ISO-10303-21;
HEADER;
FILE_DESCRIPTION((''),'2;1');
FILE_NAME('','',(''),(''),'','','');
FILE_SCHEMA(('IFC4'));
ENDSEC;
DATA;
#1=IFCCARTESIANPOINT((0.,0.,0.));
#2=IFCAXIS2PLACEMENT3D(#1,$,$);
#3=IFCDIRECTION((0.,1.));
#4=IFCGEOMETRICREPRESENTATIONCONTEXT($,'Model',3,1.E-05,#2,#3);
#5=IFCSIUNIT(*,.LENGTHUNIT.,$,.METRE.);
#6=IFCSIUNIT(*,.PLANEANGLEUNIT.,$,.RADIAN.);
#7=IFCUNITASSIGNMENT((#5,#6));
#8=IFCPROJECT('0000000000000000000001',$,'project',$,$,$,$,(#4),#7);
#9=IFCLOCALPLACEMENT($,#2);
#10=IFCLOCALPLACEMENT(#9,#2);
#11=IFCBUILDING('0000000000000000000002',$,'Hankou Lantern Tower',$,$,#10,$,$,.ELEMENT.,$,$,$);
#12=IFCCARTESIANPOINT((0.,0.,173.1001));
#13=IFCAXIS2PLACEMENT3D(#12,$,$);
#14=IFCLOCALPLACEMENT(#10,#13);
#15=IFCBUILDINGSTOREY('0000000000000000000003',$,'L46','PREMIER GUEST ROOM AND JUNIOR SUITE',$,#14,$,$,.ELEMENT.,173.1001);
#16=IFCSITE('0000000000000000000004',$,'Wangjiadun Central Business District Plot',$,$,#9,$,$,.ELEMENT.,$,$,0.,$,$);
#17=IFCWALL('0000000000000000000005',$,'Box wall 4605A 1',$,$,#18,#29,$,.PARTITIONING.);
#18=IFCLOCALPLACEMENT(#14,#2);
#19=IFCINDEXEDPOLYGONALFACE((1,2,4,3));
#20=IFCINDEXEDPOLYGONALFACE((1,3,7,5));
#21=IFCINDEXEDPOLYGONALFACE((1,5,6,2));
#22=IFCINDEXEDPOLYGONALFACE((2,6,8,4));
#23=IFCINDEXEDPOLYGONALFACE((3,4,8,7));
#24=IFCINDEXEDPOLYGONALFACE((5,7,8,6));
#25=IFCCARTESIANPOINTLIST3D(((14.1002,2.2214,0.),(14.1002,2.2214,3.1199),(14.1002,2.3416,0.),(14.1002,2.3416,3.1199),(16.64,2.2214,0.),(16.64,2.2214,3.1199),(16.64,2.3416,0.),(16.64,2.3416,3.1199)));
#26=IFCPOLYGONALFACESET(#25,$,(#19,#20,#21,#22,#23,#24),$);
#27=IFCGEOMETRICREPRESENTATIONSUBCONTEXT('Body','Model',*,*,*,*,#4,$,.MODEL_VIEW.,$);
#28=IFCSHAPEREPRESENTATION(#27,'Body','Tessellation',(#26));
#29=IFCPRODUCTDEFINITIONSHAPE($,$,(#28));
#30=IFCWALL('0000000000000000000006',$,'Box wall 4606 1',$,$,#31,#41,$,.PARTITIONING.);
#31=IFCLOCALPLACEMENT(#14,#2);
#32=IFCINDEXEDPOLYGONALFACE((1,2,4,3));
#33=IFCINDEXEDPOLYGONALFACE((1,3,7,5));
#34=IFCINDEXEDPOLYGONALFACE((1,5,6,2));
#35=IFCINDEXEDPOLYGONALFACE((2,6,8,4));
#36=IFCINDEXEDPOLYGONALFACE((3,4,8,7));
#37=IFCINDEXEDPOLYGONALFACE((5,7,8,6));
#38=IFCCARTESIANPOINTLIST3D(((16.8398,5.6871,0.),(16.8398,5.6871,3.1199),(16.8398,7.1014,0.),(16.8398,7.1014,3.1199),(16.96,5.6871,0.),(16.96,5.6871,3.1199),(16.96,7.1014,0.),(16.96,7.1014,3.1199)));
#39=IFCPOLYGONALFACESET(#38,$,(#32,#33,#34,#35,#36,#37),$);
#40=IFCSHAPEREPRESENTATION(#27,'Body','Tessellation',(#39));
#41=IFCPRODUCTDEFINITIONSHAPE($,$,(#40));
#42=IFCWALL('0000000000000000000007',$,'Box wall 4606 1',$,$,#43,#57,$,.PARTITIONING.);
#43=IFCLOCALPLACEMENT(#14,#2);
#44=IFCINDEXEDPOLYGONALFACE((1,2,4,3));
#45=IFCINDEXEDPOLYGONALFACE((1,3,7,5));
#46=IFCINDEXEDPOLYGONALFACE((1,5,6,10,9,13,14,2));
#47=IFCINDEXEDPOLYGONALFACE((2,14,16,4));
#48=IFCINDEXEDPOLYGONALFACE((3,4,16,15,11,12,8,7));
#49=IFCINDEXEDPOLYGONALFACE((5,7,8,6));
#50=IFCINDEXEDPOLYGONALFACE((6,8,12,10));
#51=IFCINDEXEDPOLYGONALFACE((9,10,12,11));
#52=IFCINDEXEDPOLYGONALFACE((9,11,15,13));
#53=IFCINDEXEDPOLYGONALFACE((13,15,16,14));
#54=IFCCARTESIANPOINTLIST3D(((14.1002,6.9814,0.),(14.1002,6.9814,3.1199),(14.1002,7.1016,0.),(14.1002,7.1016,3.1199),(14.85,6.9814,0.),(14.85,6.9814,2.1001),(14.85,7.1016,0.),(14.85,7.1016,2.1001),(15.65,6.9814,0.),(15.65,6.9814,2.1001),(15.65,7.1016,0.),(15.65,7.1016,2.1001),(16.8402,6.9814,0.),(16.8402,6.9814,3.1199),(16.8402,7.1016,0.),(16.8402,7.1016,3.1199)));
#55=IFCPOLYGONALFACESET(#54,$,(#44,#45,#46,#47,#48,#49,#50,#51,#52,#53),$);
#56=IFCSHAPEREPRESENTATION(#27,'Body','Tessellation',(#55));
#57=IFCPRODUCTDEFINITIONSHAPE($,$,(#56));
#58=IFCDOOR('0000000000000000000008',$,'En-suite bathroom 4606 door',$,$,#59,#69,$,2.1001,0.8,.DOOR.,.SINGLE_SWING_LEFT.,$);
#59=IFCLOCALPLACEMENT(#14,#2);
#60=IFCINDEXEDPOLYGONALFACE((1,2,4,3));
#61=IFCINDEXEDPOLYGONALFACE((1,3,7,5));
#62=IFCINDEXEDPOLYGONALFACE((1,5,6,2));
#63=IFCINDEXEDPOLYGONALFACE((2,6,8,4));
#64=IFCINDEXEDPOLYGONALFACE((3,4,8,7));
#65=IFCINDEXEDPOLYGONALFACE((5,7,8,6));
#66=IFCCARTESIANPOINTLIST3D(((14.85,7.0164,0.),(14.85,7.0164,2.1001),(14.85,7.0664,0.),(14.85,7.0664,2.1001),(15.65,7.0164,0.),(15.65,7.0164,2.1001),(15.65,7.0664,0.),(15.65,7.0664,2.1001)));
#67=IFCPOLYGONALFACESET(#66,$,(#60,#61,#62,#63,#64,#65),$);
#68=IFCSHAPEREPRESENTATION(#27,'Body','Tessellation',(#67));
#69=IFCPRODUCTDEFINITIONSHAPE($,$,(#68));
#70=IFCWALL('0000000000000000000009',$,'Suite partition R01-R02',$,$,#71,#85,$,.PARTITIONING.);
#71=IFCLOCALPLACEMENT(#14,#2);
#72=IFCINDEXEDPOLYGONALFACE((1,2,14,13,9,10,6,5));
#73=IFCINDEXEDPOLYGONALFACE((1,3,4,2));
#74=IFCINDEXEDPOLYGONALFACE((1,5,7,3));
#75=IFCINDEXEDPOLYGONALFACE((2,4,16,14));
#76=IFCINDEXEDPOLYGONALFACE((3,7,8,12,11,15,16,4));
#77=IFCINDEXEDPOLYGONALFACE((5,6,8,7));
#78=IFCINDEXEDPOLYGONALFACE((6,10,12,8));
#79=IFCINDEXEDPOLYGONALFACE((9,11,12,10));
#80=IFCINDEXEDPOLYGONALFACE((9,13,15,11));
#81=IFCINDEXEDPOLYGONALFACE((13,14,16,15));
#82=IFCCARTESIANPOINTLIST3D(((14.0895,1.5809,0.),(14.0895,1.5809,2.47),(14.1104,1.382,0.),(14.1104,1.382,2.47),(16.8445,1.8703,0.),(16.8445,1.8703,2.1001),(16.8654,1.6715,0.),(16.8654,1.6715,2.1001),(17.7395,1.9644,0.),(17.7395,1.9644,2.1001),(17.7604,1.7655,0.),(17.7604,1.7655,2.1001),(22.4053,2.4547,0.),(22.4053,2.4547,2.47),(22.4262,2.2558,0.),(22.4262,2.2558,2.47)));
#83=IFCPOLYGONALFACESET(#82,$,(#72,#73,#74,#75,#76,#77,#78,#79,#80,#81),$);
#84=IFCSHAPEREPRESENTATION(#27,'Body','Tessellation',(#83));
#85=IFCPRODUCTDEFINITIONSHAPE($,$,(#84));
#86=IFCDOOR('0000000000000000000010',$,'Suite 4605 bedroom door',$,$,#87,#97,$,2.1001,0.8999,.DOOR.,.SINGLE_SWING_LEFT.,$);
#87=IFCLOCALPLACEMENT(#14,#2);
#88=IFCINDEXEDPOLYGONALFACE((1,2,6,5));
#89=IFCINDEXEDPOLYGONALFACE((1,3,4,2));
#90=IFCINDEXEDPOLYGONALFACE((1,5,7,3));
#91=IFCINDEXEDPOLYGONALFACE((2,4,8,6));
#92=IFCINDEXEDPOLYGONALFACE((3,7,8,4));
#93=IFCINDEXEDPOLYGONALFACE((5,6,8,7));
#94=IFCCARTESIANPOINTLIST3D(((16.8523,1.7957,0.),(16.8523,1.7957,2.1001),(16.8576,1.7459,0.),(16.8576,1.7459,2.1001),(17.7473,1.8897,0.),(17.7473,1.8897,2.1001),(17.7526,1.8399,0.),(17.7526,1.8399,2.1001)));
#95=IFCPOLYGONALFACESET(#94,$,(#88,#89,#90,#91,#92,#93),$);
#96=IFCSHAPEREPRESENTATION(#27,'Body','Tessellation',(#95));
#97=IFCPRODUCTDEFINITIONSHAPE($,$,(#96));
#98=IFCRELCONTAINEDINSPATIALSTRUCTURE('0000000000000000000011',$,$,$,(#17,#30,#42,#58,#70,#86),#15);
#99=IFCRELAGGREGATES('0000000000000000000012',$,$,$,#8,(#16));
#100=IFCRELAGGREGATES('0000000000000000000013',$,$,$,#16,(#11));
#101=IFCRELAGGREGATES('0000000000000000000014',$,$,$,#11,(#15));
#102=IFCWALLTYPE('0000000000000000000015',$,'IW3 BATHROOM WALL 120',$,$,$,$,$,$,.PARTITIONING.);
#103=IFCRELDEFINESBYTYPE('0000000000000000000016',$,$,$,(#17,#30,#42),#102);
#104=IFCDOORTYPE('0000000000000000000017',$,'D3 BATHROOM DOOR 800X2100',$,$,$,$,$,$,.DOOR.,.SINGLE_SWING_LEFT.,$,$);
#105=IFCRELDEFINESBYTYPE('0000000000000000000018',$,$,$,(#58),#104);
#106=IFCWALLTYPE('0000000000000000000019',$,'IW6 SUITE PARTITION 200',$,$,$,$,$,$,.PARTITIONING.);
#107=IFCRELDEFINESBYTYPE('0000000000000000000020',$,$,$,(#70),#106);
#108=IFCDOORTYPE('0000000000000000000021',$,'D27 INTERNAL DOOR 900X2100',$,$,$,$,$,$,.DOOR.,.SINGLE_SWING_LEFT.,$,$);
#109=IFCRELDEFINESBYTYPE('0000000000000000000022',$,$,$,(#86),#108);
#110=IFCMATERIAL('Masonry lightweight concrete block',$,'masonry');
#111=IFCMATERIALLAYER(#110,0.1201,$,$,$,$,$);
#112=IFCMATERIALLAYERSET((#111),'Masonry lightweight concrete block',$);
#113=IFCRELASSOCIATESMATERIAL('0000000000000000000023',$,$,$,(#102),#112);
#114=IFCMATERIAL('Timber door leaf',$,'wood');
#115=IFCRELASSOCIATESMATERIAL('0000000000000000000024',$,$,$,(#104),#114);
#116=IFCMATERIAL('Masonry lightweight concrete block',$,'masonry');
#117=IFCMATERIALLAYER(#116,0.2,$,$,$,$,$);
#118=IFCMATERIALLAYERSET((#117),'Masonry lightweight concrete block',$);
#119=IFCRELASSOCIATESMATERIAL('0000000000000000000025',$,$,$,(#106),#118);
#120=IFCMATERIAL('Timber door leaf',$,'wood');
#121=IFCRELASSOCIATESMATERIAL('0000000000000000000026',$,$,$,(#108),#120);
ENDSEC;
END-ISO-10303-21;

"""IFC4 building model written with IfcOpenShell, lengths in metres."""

from ifc_helpers import new_model, si_unit, direction, frame, frame_2d, origin, place, context, subcontext, project, spatial, rectangle, extrude, material, layer, layer_set, type_object, element, fill, save


model = new_model("IFC4")

# Units and contexts
model_context = context("Model", 3, precision=1e-05, world=origin(), true_north=direction((0.0, 1.0)))
body_context = subcontext(model_context, "Body", "Model", "MODEL_VIEW")
ifc_project = project(units=[si_unit("LENGTHUNIT", "METRE"), si_unit("PLANEANGLEUNIT", "RADIAN")], contexts=[model_context])

# Site, building, storey
site_placement = place(None, origin())
site = spatial("IfcSite", under=ifc_project, at=site_placement, Name="Wangjiadun Central Business District Plot", CompositionType="ELEMENT", RefElevation=0.0)
building_placement = place(site_placement, origin())
building = spatial("IfcBuilding", under=site, at=building_placement, Name="Hankou Lantern Tower", CompositionType="ELEMENT")
storey_placement = place(building_placement, frame((0.0, 0.0, 173.1001)))
storey = spatial("IfcBuildingStorey", under=building, at=storey_placement, Name="L46", Description="PREMIER GUEST ROOM AND JUNIOR SUITE", CompositionType="ELEMENT", Elevation=173.1001)

# Shared definitions
ifc_material_1 = material(Name="Masonry lightweight concrete block", Category="masonry")
ifc_layer_1 = layer(ifc_material_1, 0.1201)
ifc_layer_set_1 = layer_set([ifc_layer_1], Name="Masonry lightweight concrete block")
wall_type_1 = type_object("IfcWallType", Name="IW3 BATHROOM WALL 120", PredefinedType="PARTITIONING", material=ifc_layer_set_1)
ifc_material_2 = material(Name="Timber door leaf", Category="wood")
door_type_1 = type_object("IfcDoorType", Name="D3 BATHROOM DOOR 800X2100", OperationType="SINGLE_SWING_LEFT", PredefinedType="DOOR", material=ifc_material_2)

# Walls
wall_1_placement = place(storey_placement, frame((14.1001, 2.2815, 0.0), z_axis=(0.0, 0.0, 1.0), x_axis=(1.0, 0.0, 0.0)))
element("IfcWall", 1, at=wall_1_placement, inside=storey, type_object=wall_type_1, Name="Box wall 4605A 1", PredefinedType="PARTITIONING", context=body_context, shape_type="SweptSolid", body=[
    extrude(rectangle(XDim=2.5398, YDim=0.1201, at=frame_2d((1.27, 0.0))), origin(), (0.0, 0.0, 1.0), 3.1199),
])
wall_2_placement = place(storey_placement, frame((16.8999, 5.6873, 0.0), z_axis=(0.0, 0.0, 1.0), x_axis=(0.0, 1.0, 0.0)))
element("IfcWall", 2, at=wall_2_placement, inside=storey, type_object=wall_type_1, Name="Box wall 4606 1", PredefinedType="PARTITIONING", context=body_context, shape_type="SweptSolid", body=[
    extrude(rectangle(XDim=1.4143, YDim=0.1201, at=frame_2d((0.707, 0.0))), origin(), (0.0, 0.0, 1.0), 3.1199),
])

# Walls, openings, doors
wall_3_placement = place(storey_placement, frame((14.1001, 7.0415, 0.0), z_axis=(0.0, 0.0, 1.0), x_axis=(1.0, 0.0, 0.0)))
wall_3 = element("IfcWall", 3, at=wall_3_placement, inside=storey, type_object=wall_type_1, Name="Box wall 4606 1", PredefinedType="PARTITIONING", context=body_context, shape_type="SweptSolid", body=[
    extrude(rectangle(XDim=2.74, YDim=0.1201, at=frame_2d((1.3701, 0.0))), origin(), (0.0, 0.0, 1.0), 3.1199),
])
opening_1_placement = place(wall_3_placement, frame((0.75, 0.0, 0.0)))
opening_1 = element("IfcOpeningElement", 4, at=opening_1_placement, cuts=wall_3, PredefinedType="OPENING", context=body_context, shape_type="SweptSolid", body=[
    extrude(rectangle(XDim=0.8, YDim=2.1001, at=frame_2d((0.3999, 1.05))), frame((0.0, 0.0701, 0.0), z_axis=(0.0, -1.0, 0.0), x_axis=(1.0, 0.0, 0.0)), (0.0, 0.0, 1.0), 0.1401),
])
door_1_placement = place(opening_1_placement, origin())
door_1 = element("IfcDoor", 5, at=door_1_placement, inside=storey, type_object=door_type_1, Name="En-suite bathroom 4606 door", OperationType="SINGLE_SWING_LEFT", OverallHeight=2.1001, OverallWidth=0.8, PredefinedType="DOOR", context=body_context, shape_type="SweptSolid", body=[
    extrude(rectangle(XDim=0.8, YDim=2.1001, at=frame_2d((0.3999, 1.05))), frame((0.0, 0.0249, 0.0), z_axis=(0.0, -1.0, 0.0), x_axis=(1.0, 0.0, 0.0)), (0.0, 0.0, 1.0), 0.05),
])
fill(opening_1, door_1)
ifc_material_3 = material(Name="Masonry lightweight concrete block", Category="masonry")
ifc_layer_2 = layer(ifc_material_3, 0.2)
ifc_layer_set_2 = layer_set([ifc_layer_2], Name="Masonry lightweight concrete block")
wall_type_2 = type_object("IfcWallType", Name="IW6 SUITE PARTITION 200", PredefinedType="PARTITIONING", material=ifc_layer_set_2)
wall_4_placement = place(storey_placement, frame((14.1001, 1.4814, 0.0), z_axis=(0.0, 0.0, 1.0), x_axis=(0.994525, 0.104501, 0.0)))
wall_4 = element("IfcWall", 6, at=wall_4_placement, inside=storey, type_object=wall_type_2, Name="Suite partition R01-R02", PredefinedType="PARTITIONING", context=body_context, shape_type="SweptSolid", body=[
    extrude(rectangle(XDim=8.3616, YDim=0.2, at=frame_2d((4.1807, 0.0))), origin(), (0.0, 0.0, 1.0), 2.47),
])
opening_2_placement = place(wall_4_placement, frame((2.77, 0.0, 0.0)))
opening_2 = element("IfcOpeningElement", 7, at=opening_2_placement, cuts=wall_4, PredefinedType="OPENING", context=body_context, shape_type="SweptSolid", body=[
    extrude(rectangle(XDim=0.8999, YDim=2.1001, at=frame_2d((0.45, 1.05))), frame((0.0, 0.1099, 0.0), z_axis=(0.0, -1.0, 0.0), x_axis=(1.0, 0.0, 0.0)), (0.0, 0.0, 1.0), 0.22),
])
ifc_material_4 = material(Name="Timber door leaf", Category="wood")
door_type_2 = type_object("IfcDoorType", Name="D27 INTERNAL DOOR 900X2100", OperationType="SINGLE_SWING_LEFT", PredefinedType="DOOR", material=ifc_material_4)
door_2_placement = place(opening_2_placement, origin())
door_2 = element("IfcDoor", 8, at=door_2_placement, inside=storey, type_object=door_type_2, Name="Suite 4605 bedroom door", OperationType="SINGLE_SWING_LEFT", OverallHeight=2.1001, OverallWidth=0.8999, PredefinedType="DOOR", context=body_context, shape_type="SweptSolid", body=[
    extrude(rectangle(XDim=0.8999, YDim=2.1001, at=frame_2d((0.45, 1.05))), frame((0.0, 0.0249, 0.0), z_axis=(0.0, -1.0, 0.0), x_axis=(1.0, 0.0, 0.0)), (0.0, 0.0, 1.0), 0.05),
])
fill(opening_2, door_2)

save(model, "model.ifc")
